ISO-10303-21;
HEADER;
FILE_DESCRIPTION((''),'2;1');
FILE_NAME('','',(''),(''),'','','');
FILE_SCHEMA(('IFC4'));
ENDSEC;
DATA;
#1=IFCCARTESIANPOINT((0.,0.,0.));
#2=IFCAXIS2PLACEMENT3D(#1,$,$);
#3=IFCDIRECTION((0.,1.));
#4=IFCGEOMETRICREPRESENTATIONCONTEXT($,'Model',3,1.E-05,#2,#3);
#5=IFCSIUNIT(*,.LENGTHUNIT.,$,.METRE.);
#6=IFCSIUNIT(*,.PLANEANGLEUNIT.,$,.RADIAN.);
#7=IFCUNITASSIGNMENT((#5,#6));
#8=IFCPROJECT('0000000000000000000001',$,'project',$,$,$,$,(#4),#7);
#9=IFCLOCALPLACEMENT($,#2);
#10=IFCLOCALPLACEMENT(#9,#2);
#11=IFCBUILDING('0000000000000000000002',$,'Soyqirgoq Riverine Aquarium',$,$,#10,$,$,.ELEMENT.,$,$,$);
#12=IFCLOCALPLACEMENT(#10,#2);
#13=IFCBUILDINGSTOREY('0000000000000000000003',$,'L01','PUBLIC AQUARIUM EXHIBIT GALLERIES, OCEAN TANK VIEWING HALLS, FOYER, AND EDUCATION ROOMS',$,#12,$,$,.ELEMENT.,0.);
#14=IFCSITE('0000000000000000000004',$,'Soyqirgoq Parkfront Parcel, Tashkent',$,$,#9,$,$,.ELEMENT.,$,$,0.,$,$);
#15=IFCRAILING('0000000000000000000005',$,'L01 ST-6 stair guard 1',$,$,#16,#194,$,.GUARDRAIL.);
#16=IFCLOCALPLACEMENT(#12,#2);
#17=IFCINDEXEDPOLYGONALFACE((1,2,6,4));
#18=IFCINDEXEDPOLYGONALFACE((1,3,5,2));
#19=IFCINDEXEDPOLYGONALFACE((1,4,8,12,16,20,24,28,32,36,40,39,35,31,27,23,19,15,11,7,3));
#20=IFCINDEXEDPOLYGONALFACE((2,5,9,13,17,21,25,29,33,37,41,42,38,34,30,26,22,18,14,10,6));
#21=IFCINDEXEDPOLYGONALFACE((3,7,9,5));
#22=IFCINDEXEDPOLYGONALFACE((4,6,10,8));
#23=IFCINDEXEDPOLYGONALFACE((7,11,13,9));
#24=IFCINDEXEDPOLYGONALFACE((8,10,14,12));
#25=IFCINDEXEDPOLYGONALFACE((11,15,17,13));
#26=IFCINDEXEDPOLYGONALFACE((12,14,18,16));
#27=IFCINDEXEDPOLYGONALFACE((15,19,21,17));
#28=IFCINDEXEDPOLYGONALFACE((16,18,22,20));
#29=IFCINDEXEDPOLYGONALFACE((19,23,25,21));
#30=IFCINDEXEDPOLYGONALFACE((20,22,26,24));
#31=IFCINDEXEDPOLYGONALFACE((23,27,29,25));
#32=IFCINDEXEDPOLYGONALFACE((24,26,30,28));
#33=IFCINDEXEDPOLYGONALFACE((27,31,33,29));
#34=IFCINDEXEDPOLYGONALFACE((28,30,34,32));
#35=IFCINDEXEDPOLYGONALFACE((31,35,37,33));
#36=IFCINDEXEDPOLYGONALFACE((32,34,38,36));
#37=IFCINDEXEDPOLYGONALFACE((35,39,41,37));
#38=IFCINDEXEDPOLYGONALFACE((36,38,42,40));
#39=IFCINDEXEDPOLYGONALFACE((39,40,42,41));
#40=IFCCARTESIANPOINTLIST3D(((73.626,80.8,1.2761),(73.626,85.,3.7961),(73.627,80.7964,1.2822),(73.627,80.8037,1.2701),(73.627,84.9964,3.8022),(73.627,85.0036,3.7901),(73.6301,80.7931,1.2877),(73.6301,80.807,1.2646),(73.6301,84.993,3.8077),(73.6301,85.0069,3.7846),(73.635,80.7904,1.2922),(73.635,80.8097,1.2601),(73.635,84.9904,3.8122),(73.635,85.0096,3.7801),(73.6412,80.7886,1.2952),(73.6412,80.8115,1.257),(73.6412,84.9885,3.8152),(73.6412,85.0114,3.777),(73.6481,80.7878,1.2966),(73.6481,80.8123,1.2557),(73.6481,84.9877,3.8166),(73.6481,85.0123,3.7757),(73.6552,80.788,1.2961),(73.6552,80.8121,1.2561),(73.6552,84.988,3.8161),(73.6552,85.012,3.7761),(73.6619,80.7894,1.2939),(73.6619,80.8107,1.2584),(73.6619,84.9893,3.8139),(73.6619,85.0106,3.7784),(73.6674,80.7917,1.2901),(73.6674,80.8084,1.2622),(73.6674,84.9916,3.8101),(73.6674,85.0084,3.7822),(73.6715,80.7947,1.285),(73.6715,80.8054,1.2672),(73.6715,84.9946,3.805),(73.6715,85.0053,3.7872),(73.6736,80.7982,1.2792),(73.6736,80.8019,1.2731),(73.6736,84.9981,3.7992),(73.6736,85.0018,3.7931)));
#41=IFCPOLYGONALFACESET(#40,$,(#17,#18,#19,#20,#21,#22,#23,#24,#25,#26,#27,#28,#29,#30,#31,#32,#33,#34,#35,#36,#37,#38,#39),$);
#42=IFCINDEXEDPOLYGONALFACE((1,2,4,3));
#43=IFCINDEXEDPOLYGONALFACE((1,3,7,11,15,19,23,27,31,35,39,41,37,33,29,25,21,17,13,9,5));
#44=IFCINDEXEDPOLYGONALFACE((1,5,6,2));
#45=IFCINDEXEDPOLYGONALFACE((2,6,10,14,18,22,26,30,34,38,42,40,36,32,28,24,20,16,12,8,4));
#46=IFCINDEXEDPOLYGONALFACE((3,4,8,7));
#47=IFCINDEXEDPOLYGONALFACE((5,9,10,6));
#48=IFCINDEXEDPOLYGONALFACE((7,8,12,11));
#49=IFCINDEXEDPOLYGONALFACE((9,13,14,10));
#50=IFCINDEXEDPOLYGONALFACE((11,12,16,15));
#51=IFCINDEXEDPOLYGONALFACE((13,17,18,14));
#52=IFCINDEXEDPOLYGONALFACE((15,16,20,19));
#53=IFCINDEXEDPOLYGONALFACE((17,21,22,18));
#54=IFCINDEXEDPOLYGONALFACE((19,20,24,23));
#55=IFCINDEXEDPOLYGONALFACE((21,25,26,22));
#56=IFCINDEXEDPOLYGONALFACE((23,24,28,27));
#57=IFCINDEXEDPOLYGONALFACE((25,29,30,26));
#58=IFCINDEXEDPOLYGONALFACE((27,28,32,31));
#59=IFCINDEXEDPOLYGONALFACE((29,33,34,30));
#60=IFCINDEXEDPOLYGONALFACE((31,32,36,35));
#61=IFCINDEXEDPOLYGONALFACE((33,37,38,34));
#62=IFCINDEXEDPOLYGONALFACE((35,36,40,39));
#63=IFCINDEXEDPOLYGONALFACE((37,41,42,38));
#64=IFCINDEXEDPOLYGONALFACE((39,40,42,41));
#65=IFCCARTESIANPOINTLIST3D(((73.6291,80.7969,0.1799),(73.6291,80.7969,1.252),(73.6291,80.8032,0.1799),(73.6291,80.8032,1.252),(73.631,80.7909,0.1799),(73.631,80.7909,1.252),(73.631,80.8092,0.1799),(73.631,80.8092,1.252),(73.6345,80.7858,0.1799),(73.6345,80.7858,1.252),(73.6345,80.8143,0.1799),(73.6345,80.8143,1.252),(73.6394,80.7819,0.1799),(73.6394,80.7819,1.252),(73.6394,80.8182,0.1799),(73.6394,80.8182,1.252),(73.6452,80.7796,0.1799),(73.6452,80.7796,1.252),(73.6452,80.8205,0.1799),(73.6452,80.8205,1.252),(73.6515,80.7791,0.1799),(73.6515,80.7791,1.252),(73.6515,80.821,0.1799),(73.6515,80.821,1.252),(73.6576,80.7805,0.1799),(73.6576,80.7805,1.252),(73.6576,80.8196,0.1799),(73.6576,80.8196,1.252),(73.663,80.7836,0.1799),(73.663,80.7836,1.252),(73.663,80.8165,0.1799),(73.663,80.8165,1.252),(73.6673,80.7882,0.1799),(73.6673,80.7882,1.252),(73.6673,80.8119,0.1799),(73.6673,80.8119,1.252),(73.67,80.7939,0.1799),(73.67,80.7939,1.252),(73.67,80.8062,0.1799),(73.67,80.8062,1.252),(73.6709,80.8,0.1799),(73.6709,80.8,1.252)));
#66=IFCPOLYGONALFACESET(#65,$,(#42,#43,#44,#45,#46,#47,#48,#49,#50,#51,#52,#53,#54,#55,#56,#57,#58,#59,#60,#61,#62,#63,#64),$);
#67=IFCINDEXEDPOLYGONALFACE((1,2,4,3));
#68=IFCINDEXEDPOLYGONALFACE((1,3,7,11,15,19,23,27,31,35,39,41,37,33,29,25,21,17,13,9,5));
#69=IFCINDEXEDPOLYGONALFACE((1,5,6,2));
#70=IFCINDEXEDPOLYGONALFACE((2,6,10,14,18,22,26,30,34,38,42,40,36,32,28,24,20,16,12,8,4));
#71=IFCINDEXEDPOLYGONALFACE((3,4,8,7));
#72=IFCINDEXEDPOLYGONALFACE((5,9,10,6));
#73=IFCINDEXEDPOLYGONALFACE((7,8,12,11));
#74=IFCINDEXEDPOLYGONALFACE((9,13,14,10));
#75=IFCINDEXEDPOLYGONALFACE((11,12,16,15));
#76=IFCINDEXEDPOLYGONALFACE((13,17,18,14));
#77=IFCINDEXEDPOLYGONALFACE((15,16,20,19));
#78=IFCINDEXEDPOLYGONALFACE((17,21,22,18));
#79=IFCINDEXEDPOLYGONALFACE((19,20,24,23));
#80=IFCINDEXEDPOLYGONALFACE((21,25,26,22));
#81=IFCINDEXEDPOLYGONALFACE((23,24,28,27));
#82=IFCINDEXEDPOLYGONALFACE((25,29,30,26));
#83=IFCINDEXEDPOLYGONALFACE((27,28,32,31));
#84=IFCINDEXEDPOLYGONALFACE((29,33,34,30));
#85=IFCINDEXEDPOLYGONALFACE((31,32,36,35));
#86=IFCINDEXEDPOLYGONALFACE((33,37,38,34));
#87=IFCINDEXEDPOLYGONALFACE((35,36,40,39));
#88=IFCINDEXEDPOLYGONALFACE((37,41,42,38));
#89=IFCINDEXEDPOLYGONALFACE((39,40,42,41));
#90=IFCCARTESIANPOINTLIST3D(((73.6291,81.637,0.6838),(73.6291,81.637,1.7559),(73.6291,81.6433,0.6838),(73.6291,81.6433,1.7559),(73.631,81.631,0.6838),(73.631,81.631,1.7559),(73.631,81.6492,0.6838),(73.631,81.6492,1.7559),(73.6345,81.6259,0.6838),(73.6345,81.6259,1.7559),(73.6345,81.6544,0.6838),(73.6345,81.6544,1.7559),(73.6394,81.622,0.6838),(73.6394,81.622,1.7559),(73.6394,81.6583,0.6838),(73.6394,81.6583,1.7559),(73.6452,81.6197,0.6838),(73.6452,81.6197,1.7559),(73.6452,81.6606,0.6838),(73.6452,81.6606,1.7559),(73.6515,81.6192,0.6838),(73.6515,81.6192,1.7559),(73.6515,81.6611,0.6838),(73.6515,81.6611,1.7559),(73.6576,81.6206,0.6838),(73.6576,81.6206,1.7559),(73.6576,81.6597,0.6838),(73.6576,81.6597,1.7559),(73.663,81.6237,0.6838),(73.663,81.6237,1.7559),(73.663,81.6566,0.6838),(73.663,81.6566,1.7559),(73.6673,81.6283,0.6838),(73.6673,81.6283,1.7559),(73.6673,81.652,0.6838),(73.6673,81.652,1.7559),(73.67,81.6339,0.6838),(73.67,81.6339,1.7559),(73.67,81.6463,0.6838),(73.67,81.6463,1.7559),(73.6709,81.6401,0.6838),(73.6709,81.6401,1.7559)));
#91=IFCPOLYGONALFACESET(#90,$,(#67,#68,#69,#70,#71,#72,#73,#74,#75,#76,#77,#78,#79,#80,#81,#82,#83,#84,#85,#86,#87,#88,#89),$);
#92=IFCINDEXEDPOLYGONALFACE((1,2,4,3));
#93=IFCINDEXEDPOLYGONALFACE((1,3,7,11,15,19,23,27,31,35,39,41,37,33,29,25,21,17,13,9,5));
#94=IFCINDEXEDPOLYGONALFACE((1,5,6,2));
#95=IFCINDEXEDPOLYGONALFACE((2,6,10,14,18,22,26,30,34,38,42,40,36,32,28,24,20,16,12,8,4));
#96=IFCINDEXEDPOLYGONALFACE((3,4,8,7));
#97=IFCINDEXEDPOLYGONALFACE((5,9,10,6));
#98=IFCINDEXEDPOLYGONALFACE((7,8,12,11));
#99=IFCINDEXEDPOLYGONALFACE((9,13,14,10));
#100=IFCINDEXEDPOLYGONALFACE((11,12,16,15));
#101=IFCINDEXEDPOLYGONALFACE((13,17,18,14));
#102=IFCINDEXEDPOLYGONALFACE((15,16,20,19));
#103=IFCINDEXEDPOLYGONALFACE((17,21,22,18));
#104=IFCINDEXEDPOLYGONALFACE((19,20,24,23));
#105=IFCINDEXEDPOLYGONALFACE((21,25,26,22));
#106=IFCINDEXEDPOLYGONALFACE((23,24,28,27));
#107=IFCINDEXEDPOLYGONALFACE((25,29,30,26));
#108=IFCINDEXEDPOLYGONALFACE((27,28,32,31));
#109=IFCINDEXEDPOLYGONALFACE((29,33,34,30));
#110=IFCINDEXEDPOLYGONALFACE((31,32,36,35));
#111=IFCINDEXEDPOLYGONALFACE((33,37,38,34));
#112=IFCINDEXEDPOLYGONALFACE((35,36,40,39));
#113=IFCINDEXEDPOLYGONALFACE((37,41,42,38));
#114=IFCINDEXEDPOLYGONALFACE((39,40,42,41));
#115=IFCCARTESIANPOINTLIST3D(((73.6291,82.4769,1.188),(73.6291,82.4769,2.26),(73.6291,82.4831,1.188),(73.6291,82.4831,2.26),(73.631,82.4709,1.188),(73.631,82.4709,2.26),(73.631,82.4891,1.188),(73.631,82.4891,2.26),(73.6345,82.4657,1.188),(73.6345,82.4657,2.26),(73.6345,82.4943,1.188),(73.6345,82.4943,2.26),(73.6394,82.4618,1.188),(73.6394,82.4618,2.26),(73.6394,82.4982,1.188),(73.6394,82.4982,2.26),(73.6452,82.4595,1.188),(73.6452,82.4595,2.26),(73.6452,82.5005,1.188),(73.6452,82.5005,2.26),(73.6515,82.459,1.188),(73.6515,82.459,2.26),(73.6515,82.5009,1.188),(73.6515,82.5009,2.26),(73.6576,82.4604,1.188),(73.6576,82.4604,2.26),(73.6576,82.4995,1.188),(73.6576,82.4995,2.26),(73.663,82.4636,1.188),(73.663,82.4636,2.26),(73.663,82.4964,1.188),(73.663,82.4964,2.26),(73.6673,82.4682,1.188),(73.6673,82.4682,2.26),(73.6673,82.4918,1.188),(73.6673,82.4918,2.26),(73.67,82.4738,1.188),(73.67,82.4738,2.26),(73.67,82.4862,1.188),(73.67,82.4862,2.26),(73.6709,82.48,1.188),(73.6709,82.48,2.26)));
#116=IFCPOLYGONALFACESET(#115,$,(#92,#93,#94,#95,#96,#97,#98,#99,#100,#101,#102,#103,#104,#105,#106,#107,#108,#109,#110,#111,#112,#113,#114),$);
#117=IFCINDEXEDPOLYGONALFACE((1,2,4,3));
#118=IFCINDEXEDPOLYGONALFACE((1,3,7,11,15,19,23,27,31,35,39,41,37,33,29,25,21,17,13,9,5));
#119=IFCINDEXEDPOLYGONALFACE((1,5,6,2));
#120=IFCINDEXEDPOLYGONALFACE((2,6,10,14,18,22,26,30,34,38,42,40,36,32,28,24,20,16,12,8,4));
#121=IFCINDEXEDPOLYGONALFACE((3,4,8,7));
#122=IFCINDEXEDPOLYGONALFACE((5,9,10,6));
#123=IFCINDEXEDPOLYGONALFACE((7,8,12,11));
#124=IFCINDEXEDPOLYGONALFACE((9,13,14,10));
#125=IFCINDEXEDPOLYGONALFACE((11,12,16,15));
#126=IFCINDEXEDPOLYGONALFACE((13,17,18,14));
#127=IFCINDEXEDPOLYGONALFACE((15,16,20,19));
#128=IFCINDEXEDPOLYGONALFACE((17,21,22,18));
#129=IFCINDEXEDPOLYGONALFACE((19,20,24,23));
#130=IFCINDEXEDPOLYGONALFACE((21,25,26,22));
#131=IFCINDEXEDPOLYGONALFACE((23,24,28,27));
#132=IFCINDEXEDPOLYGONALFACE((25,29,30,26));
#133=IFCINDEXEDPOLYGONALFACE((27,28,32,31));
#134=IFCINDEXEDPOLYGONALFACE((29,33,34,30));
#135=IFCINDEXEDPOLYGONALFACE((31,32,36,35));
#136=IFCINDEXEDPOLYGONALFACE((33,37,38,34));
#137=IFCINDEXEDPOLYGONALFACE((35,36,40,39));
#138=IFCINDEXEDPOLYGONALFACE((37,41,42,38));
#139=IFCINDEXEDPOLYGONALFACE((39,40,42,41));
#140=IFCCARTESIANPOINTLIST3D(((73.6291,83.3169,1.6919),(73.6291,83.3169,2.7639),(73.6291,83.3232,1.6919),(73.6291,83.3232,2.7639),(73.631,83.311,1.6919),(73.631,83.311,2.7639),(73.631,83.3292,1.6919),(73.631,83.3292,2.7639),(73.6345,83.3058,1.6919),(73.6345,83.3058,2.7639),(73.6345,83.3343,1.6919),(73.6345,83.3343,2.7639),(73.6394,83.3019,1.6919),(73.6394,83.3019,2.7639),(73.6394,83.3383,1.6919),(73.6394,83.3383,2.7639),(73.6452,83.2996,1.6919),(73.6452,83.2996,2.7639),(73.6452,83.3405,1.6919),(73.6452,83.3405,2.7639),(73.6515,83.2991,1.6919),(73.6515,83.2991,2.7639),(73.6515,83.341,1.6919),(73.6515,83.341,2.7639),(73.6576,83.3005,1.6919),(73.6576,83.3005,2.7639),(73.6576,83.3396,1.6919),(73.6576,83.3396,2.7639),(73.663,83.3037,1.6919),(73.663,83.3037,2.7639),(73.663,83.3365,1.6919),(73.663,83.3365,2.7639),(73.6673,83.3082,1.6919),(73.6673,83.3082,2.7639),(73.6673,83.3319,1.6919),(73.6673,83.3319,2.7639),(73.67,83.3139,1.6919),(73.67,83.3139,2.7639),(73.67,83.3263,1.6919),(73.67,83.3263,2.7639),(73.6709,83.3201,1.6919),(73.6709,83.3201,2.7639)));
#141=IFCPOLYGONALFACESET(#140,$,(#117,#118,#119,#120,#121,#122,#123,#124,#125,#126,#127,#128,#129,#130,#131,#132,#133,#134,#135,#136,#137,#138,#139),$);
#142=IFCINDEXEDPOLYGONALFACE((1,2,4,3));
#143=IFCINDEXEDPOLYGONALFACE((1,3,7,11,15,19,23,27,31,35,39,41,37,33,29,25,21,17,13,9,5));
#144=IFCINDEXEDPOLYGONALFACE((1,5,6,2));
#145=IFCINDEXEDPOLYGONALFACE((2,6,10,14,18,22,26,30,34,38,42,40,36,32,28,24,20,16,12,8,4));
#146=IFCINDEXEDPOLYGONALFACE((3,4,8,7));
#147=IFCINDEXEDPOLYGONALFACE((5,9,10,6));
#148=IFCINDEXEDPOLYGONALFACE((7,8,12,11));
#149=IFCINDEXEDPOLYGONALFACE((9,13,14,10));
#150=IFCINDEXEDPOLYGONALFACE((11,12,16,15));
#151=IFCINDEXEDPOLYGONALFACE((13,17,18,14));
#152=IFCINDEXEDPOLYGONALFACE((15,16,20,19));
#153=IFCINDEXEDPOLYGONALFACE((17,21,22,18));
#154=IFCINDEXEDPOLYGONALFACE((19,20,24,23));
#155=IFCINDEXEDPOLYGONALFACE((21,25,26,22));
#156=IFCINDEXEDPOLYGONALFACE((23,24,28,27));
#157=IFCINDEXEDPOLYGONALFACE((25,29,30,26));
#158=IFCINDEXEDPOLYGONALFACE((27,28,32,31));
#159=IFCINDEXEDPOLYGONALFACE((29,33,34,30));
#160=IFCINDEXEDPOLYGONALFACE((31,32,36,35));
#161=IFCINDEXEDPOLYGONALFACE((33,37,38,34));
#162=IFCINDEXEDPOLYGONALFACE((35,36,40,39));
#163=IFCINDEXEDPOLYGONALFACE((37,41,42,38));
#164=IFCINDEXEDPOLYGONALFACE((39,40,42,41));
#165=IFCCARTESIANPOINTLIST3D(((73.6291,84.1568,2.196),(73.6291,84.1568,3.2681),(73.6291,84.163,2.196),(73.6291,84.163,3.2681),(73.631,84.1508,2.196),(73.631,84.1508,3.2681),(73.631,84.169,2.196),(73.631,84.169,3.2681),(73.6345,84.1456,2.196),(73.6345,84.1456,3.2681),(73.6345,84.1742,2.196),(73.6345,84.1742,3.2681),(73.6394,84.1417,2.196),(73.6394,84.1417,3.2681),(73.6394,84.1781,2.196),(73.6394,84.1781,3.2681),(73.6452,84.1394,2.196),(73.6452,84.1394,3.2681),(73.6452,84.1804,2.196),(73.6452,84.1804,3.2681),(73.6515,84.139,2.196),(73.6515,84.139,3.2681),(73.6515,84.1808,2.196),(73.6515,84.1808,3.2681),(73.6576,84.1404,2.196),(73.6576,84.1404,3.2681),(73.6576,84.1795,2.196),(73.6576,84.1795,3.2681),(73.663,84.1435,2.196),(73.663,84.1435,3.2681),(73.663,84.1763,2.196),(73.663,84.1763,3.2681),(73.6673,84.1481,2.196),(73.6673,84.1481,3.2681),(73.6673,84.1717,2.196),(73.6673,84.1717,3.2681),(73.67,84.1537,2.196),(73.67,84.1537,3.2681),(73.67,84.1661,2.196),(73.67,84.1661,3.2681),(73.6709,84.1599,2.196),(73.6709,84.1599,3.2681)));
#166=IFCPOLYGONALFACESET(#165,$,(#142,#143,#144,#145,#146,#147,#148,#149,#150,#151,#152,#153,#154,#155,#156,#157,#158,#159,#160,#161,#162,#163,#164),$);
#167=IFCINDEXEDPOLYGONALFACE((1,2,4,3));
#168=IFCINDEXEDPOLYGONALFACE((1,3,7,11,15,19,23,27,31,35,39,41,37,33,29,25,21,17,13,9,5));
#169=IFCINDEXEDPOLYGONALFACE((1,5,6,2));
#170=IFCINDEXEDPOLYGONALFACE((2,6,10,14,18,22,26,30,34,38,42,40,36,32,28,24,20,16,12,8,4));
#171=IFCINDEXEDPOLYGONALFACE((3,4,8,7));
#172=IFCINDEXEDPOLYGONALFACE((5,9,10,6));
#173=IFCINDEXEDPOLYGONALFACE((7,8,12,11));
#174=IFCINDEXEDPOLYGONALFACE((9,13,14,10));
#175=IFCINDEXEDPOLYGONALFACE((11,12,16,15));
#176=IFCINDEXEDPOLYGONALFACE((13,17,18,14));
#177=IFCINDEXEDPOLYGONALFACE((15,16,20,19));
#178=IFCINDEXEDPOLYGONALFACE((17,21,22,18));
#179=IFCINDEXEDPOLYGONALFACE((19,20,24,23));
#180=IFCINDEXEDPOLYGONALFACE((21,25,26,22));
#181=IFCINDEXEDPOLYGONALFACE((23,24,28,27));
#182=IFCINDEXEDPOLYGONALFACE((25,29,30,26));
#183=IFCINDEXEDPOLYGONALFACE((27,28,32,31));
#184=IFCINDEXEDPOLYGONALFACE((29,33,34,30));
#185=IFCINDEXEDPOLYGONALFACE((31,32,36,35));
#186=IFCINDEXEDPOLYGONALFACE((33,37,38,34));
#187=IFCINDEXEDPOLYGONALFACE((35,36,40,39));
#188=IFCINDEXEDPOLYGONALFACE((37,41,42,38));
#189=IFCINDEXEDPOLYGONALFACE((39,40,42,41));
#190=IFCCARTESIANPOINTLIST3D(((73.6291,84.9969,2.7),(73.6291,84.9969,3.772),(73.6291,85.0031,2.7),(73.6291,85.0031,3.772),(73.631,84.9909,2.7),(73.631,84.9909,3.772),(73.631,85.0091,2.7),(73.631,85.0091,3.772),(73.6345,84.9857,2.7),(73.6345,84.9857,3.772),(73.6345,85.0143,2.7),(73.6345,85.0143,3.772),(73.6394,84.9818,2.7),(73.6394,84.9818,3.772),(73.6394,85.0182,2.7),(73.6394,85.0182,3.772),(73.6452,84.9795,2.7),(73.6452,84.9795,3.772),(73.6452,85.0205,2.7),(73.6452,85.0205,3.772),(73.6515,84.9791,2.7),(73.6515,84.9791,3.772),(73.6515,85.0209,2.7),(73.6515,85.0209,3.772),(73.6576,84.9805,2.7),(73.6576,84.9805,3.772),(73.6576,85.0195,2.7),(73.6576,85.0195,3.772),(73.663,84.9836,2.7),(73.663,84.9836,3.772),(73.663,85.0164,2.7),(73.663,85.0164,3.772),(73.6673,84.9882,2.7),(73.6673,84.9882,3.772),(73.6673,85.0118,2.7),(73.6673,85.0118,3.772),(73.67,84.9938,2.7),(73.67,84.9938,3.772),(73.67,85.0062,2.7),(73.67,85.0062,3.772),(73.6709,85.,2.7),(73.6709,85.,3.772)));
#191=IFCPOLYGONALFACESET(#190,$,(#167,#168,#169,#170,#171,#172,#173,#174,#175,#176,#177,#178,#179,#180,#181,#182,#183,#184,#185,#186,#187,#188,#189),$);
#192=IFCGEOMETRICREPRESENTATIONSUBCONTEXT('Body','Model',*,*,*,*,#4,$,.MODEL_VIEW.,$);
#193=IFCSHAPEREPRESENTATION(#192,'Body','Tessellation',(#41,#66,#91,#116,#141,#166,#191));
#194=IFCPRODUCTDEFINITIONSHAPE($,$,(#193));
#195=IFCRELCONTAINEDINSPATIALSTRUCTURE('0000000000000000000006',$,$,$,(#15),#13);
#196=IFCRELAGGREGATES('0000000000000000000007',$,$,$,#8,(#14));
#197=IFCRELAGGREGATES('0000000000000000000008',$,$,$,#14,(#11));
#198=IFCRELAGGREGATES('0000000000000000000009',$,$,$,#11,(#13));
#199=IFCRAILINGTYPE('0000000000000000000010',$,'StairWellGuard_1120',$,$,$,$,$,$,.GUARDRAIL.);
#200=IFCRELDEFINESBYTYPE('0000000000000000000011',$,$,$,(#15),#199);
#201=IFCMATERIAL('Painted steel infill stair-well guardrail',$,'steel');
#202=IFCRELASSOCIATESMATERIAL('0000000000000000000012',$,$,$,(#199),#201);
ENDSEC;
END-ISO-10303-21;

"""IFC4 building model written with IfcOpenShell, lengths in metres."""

from ifc_helpers import new_model, si_unit, direction, frame, origin, origin_2d, place, context, subcontext, project, spatial, circle, extrude, material, type_object, element, save


model = new_model("IFC4")

# Units and contexts
model_context = context("Model", 3, precision=1e-05, world=origin(), true_north=direction((0.0, 1.0)))
body_context = subcontext(model_context, "Body", "Model", "MODEL_VIEW")
ifc_project = project(units=[si_unit("LENGTHUNIT", "METRE"), si_unit("PLANEANGLEUNIT", "RADIAN")], contexts=[model_context])

# Site, building, storey
site_placement = place(None, origin())
site = spatial("IfcSite", under=ifc_project, at=site_placement, Name="Soyqirgoq Parkfront Parcel, Tashkent", CompositionType="ELEMENT", RefElevation=0.0)
building_placement = place(site_placement, origin())
building = spatial("IfcBuilding", under=site, at=building_placement, Name="Soyqirgoq Riverine Aquarium", CompositionType="ELEMENT")
storey_placement = place(building_placement, origin())
storey = spatial("IfcBuildingStorey", under=building, at=storey_placement, Name="L01", Description="PUBLIC AQUARIUM EXHIBIT GALLERIES, OCEAN TANK VIEWING HALLS, FOYER, AND EDUCATION ROOMS", CompositionType="ELEMENT", Elevation=0.0)

# Railing
ifc_material_1 = material(Name="Painted steel infill stair-well guardrail", Category="steel")
railing_type_1 = type_object("IfcRailingType", Name="StairWellGuard_1120", PredefinedType="GUARDRAIL", material=ifc_material_1)
railing_1_placement = place(storey_placement, frame((73.6499, 80.8, 0.1799)))
element("IfcRailing", 1, at=railing_1_placement, inside=storey, type_object=railing_type_1, Name="L01 ST-6 stair guard 1", PredefinedType="GUARDRAIL", context=body_context, shape_type="SweptSolid", body=[
    extrude(circle(Radius=0.0239, at=origin_2d()), frame((0.0, 0.0, 1.0962), z_axis=(0.0, 0.857489, 0.514503), x_axis=(-1.0, 0.0, 0.0)), (0.0, 0.0, 1.0), 4.8979),
    extrude(circle(Radius=0.021, at=origin_2d()), origin(), (0.0, 0.0, 1.0), 1.072),
    extrude(circle(Radius=0.021, at=origin_2d()), frame((0.0, 0.8401, 0.5039)), (0.0, 0.0, 1.0), 1.072),
    extrude(circle(Radius=0.021, at=origin_2d()), frame((0.0, 1.6799, 1.0081)), (0.0, 0.0, 1.0), 1.072),
    extrude(circle(Radius=0.021, at=origin_2d()), frame((0.0, 2.52, 1.512)), (0.0, 0.0, 1.0), 1.072),
    extrude(circle(Radius=0.021, at=origin_2d()), frame((0.0, 3.3599, 2.0161)), (0.0, 0.0, 1.0), 1.072),
    extrude(circle(Radius=0.021, at=origin_2d()), frame((0.0, 4.2, 2.52)), (0.0, 0.0, 1.0), 1.072),
])

save(model, "model.ifc")
